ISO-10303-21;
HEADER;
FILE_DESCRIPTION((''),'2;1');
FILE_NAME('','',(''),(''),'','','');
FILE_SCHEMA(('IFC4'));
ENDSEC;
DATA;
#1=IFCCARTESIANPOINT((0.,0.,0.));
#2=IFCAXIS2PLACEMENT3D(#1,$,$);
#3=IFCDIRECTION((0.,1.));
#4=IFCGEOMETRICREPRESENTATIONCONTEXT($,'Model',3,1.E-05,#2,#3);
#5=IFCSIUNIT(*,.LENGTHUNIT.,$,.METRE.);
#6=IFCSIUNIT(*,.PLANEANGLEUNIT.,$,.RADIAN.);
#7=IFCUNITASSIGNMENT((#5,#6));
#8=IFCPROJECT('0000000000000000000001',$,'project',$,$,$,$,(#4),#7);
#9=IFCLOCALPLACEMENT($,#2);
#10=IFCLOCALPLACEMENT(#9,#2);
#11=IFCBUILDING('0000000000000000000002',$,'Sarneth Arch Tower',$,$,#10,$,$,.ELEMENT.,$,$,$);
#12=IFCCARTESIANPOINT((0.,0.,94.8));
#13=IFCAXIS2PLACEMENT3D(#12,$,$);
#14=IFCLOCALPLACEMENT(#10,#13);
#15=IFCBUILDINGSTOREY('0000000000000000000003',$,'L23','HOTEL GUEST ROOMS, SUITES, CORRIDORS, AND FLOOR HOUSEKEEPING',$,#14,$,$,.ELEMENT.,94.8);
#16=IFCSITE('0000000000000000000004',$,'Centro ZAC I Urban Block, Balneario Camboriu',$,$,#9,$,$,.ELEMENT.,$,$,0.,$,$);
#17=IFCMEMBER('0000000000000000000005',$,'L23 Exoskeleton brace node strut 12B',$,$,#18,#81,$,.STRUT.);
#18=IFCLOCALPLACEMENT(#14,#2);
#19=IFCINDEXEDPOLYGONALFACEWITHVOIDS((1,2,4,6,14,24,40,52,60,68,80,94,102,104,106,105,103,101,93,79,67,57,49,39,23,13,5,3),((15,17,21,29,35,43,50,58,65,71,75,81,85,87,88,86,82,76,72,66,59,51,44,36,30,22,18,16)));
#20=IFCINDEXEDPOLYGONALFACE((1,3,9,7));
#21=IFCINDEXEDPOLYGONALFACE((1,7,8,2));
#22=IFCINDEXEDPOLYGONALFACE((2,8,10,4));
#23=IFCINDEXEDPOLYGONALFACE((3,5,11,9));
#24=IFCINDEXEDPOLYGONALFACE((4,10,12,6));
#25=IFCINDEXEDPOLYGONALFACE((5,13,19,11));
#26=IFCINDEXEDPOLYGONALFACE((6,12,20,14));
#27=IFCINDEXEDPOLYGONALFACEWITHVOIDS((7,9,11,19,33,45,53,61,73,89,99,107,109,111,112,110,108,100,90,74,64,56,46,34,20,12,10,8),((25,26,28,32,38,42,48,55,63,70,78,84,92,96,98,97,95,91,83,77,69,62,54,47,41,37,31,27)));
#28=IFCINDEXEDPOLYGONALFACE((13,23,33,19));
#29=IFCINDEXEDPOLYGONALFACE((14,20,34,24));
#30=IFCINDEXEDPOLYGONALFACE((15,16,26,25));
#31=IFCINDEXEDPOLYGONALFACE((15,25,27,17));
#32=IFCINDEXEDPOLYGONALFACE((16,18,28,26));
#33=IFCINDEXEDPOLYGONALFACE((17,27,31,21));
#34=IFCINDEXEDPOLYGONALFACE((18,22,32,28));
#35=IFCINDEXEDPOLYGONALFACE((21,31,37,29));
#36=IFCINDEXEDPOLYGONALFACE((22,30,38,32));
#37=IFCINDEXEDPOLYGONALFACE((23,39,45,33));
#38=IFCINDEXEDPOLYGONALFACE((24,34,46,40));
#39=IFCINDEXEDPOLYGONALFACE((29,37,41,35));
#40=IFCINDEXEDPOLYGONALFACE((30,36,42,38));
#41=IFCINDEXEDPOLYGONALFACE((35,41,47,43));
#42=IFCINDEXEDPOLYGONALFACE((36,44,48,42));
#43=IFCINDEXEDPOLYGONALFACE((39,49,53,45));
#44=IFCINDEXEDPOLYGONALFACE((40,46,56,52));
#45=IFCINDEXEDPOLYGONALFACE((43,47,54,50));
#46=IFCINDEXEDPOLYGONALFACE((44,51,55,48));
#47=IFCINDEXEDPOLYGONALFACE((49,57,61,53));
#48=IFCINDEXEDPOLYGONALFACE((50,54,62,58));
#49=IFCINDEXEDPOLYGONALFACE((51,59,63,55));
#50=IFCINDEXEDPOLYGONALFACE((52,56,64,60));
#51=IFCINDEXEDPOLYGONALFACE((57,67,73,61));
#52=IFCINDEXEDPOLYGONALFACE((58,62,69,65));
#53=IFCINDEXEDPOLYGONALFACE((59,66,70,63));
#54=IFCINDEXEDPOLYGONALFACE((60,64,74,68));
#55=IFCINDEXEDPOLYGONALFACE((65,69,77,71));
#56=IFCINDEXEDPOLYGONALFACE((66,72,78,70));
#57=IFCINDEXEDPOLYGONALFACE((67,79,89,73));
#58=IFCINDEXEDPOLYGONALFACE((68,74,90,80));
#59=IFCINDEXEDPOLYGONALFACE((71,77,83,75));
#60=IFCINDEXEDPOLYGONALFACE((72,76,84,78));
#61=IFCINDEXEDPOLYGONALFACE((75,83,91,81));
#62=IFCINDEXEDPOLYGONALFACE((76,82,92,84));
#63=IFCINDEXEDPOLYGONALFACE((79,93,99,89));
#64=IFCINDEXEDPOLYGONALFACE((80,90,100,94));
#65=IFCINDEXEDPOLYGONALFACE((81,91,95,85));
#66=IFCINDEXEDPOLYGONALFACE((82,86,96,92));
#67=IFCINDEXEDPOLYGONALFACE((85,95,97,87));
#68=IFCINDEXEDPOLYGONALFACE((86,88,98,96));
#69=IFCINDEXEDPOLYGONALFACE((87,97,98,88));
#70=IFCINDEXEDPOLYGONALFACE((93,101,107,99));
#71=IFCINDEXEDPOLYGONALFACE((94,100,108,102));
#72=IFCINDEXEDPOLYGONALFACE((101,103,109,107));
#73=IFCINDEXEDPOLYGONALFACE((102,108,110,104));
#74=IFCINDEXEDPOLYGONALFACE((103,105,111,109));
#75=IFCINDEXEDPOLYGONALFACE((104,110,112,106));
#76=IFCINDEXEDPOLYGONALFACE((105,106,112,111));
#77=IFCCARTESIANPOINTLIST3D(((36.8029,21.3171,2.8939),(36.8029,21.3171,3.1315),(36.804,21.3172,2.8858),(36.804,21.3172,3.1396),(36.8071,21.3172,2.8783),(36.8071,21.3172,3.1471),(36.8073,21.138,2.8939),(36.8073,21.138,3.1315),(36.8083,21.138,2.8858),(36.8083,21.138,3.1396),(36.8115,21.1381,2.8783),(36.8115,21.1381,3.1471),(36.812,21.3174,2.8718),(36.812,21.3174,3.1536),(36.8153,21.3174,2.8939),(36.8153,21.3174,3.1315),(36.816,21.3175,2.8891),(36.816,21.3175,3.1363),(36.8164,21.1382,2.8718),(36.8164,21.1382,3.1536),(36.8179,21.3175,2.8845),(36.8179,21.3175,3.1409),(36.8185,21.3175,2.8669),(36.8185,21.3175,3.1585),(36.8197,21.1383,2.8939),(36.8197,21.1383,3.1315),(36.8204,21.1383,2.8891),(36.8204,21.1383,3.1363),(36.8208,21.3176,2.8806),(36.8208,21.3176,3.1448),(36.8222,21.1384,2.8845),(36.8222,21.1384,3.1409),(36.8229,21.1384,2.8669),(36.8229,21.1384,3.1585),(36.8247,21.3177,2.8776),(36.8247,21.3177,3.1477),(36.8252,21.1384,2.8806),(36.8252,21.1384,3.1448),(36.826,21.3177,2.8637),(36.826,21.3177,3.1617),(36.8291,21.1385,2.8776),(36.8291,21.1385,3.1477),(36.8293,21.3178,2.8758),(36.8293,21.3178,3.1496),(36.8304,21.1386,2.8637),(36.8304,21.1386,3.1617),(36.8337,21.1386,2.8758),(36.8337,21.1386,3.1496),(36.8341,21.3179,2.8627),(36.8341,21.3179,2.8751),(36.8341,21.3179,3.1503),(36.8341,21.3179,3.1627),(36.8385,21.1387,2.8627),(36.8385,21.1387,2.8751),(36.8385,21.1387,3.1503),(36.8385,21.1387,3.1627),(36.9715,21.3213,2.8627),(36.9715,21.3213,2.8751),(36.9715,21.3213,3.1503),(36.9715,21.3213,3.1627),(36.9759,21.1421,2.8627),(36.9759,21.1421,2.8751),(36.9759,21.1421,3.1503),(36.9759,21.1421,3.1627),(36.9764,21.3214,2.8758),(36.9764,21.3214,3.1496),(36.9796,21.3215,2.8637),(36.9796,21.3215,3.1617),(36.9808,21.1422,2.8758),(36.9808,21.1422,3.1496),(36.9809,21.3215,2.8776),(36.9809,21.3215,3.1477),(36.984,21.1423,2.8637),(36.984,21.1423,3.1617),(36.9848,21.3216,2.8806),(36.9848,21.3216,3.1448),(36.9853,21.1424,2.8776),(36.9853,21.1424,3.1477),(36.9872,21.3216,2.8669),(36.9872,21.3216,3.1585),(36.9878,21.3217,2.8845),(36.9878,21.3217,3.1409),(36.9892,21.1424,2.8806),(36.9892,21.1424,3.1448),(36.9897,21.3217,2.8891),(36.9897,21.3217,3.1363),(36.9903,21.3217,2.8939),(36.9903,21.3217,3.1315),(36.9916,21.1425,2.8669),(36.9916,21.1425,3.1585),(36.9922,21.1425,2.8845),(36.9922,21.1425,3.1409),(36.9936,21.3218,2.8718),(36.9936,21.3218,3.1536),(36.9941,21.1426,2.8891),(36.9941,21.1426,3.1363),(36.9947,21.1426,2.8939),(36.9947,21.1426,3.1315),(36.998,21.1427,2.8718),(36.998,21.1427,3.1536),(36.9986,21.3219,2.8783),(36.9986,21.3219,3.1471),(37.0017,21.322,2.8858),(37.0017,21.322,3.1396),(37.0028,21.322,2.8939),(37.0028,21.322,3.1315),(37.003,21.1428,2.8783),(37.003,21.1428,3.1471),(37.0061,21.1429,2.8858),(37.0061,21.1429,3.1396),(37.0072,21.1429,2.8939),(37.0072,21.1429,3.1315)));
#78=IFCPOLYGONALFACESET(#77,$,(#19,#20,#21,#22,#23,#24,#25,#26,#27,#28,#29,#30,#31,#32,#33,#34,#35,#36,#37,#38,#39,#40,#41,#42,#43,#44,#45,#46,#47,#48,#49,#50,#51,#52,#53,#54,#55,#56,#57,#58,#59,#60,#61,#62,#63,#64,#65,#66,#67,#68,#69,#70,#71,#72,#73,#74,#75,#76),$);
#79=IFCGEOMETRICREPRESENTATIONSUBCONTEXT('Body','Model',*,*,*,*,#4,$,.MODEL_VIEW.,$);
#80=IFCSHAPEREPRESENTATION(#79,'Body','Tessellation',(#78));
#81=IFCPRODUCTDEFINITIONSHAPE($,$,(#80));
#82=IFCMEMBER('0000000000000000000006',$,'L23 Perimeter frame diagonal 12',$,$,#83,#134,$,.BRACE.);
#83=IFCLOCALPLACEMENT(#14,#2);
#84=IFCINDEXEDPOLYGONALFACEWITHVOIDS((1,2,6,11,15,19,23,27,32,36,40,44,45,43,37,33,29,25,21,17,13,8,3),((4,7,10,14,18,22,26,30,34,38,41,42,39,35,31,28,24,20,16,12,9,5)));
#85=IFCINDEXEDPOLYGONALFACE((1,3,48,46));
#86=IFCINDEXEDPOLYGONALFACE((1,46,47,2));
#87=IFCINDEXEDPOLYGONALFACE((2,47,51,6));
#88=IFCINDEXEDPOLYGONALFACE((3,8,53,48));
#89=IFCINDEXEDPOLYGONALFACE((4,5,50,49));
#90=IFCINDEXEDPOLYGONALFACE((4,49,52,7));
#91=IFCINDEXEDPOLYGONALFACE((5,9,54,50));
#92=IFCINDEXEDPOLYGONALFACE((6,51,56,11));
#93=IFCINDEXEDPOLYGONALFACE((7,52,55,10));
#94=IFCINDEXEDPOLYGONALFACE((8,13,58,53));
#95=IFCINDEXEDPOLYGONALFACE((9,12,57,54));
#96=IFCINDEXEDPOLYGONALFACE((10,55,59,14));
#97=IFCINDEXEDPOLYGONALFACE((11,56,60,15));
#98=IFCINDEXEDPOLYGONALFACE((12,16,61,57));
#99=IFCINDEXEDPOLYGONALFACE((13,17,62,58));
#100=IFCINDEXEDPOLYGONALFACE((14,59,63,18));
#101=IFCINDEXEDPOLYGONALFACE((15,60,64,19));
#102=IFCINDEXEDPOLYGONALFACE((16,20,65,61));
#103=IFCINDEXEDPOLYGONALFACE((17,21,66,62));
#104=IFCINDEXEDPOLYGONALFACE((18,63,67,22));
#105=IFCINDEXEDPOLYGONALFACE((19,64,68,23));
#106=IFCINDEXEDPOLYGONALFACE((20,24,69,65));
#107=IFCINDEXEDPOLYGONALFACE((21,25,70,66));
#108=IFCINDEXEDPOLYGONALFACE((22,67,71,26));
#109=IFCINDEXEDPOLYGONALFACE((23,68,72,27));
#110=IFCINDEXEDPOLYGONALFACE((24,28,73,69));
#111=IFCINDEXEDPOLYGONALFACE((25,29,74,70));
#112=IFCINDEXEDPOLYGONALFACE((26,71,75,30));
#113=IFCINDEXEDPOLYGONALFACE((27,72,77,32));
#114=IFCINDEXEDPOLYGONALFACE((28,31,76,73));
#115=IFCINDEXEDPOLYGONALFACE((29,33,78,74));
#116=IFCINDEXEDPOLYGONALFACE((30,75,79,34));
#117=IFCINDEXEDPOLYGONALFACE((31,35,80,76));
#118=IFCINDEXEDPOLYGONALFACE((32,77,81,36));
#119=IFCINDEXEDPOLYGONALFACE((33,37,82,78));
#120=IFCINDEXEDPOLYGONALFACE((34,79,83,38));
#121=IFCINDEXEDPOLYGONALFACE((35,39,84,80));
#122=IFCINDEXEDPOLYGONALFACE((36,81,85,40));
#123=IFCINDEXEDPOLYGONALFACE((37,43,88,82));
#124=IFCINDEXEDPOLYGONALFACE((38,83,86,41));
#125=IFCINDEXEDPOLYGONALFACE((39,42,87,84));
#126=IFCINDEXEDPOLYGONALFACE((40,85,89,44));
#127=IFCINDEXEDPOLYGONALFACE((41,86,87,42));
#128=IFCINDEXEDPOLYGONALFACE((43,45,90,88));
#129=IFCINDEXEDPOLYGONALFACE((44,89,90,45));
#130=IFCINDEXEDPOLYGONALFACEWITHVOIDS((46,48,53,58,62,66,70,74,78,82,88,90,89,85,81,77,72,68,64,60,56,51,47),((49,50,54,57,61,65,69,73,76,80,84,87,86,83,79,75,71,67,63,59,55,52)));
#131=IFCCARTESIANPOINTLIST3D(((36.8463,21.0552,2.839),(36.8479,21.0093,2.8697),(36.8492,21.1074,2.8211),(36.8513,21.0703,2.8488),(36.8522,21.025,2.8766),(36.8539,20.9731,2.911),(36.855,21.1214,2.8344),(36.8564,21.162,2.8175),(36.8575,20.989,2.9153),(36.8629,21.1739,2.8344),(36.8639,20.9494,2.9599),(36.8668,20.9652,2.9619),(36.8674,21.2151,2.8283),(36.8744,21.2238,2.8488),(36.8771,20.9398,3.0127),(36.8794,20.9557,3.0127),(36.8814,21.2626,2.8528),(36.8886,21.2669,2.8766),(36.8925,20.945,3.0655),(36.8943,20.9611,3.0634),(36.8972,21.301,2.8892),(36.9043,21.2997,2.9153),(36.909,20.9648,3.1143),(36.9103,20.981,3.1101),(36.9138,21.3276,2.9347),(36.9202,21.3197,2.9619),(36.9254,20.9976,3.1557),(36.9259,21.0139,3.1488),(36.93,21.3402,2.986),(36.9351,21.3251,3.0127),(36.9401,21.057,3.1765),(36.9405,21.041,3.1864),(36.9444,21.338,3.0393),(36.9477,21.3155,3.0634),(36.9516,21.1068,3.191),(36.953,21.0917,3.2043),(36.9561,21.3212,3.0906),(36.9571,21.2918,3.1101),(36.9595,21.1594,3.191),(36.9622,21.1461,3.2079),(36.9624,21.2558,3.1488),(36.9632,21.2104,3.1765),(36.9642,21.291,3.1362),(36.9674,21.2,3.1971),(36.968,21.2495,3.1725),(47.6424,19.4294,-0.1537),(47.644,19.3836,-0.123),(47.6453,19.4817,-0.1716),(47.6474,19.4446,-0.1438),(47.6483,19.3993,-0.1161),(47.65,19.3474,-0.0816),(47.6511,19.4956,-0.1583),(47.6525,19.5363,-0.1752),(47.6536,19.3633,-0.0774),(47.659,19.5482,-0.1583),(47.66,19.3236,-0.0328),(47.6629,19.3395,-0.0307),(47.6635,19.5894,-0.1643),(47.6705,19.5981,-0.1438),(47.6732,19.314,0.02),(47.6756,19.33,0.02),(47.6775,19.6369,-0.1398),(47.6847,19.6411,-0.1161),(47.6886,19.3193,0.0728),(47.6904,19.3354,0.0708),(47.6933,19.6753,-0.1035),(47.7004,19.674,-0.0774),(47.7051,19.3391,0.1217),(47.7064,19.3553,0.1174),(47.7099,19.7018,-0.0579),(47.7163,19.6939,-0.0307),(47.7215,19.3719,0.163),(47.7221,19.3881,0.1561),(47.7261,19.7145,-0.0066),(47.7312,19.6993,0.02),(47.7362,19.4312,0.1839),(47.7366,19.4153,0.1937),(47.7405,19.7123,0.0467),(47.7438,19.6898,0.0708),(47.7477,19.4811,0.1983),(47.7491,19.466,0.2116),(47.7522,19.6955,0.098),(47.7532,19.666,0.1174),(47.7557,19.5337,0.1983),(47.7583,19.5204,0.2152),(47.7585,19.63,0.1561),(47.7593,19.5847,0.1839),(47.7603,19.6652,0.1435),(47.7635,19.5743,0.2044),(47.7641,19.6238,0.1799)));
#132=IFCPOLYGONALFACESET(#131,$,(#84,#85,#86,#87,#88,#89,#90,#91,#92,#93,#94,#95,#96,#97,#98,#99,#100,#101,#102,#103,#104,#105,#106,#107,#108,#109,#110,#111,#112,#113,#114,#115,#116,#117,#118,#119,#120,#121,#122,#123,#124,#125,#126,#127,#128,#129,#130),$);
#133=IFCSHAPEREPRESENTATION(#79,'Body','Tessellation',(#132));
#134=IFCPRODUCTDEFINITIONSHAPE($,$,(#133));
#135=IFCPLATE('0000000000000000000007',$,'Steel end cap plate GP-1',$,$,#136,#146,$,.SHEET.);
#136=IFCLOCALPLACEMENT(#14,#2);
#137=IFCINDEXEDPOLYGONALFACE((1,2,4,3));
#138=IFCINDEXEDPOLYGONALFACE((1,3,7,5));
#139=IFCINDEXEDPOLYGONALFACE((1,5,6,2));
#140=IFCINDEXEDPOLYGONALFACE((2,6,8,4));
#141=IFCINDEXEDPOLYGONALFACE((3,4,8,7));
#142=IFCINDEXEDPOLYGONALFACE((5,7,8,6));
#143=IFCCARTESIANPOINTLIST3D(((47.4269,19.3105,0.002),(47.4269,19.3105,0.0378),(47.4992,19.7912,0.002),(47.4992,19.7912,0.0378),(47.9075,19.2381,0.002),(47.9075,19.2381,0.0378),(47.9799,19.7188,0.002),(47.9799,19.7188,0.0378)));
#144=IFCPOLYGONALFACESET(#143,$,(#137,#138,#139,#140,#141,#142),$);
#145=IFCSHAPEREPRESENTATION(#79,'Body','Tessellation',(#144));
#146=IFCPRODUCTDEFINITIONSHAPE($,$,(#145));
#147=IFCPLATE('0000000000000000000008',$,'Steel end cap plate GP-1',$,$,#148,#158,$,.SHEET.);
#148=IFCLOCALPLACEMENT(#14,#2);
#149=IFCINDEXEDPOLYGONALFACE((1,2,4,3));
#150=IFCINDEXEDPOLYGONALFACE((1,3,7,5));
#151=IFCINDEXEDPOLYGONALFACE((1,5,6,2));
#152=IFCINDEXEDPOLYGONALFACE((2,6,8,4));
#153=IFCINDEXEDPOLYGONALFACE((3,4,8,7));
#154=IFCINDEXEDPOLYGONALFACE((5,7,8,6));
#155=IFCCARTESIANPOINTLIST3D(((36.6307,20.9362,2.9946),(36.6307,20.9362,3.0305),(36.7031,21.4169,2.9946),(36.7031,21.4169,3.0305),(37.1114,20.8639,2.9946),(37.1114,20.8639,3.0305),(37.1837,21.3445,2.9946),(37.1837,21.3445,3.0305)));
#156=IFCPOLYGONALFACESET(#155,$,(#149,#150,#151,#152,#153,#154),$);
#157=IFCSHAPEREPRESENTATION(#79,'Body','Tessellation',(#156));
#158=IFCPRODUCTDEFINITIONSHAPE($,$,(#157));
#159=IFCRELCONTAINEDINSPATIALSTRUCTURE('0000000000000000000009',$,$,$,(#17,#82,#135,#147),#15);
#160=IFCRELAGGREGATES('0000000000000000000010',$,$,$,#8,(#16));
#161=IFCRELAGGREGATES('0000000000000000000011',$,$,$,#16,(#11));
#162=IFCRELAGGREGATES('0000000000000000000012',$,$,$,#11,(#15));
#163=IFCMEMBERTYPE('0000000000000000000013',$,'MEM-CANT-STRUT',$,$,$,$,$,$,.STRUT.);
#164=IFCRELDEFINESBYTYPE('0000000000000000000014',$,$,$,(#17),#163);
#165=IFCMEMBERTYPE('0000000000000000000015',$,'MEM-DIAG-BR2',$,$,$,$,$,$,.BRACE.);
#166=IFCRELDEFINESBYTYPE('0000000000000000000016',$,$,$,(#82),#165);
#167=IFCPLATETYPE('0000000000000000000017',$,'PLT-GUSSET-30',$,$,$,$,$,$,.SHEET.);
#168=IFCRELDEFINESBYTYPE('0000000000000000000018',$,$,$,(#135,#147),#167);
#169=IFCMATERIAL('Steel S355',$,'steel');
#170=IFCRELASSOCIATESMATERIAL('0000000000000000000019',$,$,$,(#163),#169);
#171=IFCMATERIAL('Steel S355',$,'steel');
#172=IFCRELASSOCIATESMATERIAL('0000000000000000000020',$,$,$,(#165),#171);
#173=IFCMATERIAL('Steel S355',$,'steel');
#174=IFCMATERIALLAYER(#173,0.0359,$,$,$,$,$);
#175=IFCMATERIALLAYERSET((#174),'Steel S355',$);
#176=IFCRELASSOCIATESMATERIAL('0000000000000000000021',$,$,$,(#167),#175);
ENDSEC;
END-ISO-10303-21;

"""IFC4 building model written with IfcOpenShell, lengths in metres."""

from ifc_helpers import new_model, si_unit, direction, frame, origin, origin_2d, place, context, subcontext, project, spatial, rectangle, hollow_rectangle, hollow_circle, extrude, material, layer, layer_set, material_profile, profile_set, type_object, element, save


model = new_model("IFC4")

# Units and contexts
model_context = context("Model", 3, precision=1e-05, world=origin(), true_north=direction((0.0, 1.0)))
body_context = subcontext(model_context, "Body", "Model", "MODEL_VIEW")
ifc_project = project(units=[si_unit("LENGTHUNIT", "METRE"), si_unit("PLANEANGLEUNIT", "RADIAN")], contexts=[model_context])

# Site, building, storey
site_placement = place(None, origin())
site = spatial("IfcSite", under=ifc_project, at=site_placement, Name="Centro ZAC I Urban Block, Balneario Camboriu", CompositionType="ELEMENT", RefElevation=0.0)
building_placement = place(site_placement, origin())
building = spatial("IfcBuilding", under=site, at=building_placement, Name="Sarneth Arch Tower", CompositionType="ELEMENT")
storey_placement = place(building_placement, frame((0.0, 0.0, 94.8)))
storey = spatial("IfcBuildingStorey", under=building, at=storey_placement, Name="L23", Description="HOTEL GUEST ROOMS, SUITES, CORRIDORS, AND FLOOR HOUSEKEEPING", CompositionType="ELEMENT", Elevation=94.8)

# Members
ifc_material_1 = material(Name="Steel S355", Category="steel")
ifc_material_profile_1 = material_profile(ifc_material_1, hollow_rectangle(XDim=0.2, YDim=0.3, WallThickness=0.0125, InnerFilletRadius=0.0188, OuterFilletRadius=0.0312, at=origin_2d()), Name="RHS300x200x12.5")
ifc_profile_set_1 = profile_set([ifc_material_profile_1], Name="Steel S355")
member_type_1 = type_object("IfcMemberType", Name="MEM-CANT-STRUT", PredefinedType="STRUT", material=ifc_profile_set_1)
member_1_placement = place(storey_placement, frame((36.9028, 21.3196, 3.0127), z_axis=(0.024516, -0.999699, 0.0), x_axis=(0.999699, 0.024516, 0.0)))
element("IfcMember", 1, at=member_1_placement, inside=storey, type_object=member_type_1, Name="L23 Exoskeleton brace node strut 12B", PredefinedType="STRUT", context=body_context, shape_type="SweptSolid", body=[
    extrude(hollow_rectangle(XDim=0.2, YDim=0.3, WallThickness=0.0125, InnerFilletRadius=0.0188, OuterFilletRadius=0.0312, at=origin_2d()), origin(), (0.0, 0.0, 1.0), 0.1792),
])
ifc_material_2 = material(Name="Steel S355", Category="steel")
ifc_material_profile_2 = material_profile(ifc_material_2, hollow_circle(Radius=0.2029, WallThickness=0.0161, at=origin_2d()), Name="CHS406x16")
ifc_profile_set_2 = profile_set([ifc_material_profile_2], Name="Steel S355")
member_type_2 = type_object("IfcMemberType", Name="MEM-DIAG-BR2", PredefinedType="BRACE", material=ifc_profile_set_2)
member_2_placement = place(storey_placement, frame((47.7034, 19.5146, 0.02), z_axis=(-0.953673, 0.143608, 0.264357), x_axis=(-0.148906, -0.988851, 0.0)))
element("IfcMember", 2, at=member_2_placement, inside=storey, type_object=member_type_2, Name="L23 Perimeter frame diagonal 12", PredefinedType="BRACE", context=body_context, shape_type="SweptSolid", body=[
    extrude(hollow_circle(Radius=0.2029, WallThickness=0.0161, at=origin_2d()), origin(), (0.0, 0.0, 1.0), 11.3206),
])

# Plates
ifc_material_3 = material(Name="Steel S355", Category="steel")
ifc_layer_1 = layer(ifc_material_3, 0.0359)
ifc_layer_set_1 = layer_set([ifc_layer_1], Name="Steel S355")
plate_type = type_object("IfcPlateType", Name="PLT-GUSSET-30", PredefinedType="SHEET", material=ifc_layer_set_1)
for number, where, z_axis, x_axis, name in (
    (3, (47.7034, 19.5146, 0.002), (0.0, 0.0, 1.0), (0.988861, -0.148845, 0.0), "Steel end cap plate GP-1"),
    (4, (36.9072, 21.1404, 2.9946), (0.0, 0.0, 1.0), (0.988861, -0.148845, 0.0), "Steel end cap plate GP-1"),
):
    element("IfcPlate", number, at=place(storey_placement, frame(where, z_axis=z_axis, x_axis=x_axis)), inside=storey, type_object=plate_type, Name=name, PredefinedType="SHEET", context=body_context, shape_type="SweptSolid", body=[
        extrude(rectangle(XDim=0.4861, YDim=0.4861, at=origin_2d()), origin(), (0.0, 0.0, 1.0), 0.0359),
    ])

save(model, "model.ifc")
